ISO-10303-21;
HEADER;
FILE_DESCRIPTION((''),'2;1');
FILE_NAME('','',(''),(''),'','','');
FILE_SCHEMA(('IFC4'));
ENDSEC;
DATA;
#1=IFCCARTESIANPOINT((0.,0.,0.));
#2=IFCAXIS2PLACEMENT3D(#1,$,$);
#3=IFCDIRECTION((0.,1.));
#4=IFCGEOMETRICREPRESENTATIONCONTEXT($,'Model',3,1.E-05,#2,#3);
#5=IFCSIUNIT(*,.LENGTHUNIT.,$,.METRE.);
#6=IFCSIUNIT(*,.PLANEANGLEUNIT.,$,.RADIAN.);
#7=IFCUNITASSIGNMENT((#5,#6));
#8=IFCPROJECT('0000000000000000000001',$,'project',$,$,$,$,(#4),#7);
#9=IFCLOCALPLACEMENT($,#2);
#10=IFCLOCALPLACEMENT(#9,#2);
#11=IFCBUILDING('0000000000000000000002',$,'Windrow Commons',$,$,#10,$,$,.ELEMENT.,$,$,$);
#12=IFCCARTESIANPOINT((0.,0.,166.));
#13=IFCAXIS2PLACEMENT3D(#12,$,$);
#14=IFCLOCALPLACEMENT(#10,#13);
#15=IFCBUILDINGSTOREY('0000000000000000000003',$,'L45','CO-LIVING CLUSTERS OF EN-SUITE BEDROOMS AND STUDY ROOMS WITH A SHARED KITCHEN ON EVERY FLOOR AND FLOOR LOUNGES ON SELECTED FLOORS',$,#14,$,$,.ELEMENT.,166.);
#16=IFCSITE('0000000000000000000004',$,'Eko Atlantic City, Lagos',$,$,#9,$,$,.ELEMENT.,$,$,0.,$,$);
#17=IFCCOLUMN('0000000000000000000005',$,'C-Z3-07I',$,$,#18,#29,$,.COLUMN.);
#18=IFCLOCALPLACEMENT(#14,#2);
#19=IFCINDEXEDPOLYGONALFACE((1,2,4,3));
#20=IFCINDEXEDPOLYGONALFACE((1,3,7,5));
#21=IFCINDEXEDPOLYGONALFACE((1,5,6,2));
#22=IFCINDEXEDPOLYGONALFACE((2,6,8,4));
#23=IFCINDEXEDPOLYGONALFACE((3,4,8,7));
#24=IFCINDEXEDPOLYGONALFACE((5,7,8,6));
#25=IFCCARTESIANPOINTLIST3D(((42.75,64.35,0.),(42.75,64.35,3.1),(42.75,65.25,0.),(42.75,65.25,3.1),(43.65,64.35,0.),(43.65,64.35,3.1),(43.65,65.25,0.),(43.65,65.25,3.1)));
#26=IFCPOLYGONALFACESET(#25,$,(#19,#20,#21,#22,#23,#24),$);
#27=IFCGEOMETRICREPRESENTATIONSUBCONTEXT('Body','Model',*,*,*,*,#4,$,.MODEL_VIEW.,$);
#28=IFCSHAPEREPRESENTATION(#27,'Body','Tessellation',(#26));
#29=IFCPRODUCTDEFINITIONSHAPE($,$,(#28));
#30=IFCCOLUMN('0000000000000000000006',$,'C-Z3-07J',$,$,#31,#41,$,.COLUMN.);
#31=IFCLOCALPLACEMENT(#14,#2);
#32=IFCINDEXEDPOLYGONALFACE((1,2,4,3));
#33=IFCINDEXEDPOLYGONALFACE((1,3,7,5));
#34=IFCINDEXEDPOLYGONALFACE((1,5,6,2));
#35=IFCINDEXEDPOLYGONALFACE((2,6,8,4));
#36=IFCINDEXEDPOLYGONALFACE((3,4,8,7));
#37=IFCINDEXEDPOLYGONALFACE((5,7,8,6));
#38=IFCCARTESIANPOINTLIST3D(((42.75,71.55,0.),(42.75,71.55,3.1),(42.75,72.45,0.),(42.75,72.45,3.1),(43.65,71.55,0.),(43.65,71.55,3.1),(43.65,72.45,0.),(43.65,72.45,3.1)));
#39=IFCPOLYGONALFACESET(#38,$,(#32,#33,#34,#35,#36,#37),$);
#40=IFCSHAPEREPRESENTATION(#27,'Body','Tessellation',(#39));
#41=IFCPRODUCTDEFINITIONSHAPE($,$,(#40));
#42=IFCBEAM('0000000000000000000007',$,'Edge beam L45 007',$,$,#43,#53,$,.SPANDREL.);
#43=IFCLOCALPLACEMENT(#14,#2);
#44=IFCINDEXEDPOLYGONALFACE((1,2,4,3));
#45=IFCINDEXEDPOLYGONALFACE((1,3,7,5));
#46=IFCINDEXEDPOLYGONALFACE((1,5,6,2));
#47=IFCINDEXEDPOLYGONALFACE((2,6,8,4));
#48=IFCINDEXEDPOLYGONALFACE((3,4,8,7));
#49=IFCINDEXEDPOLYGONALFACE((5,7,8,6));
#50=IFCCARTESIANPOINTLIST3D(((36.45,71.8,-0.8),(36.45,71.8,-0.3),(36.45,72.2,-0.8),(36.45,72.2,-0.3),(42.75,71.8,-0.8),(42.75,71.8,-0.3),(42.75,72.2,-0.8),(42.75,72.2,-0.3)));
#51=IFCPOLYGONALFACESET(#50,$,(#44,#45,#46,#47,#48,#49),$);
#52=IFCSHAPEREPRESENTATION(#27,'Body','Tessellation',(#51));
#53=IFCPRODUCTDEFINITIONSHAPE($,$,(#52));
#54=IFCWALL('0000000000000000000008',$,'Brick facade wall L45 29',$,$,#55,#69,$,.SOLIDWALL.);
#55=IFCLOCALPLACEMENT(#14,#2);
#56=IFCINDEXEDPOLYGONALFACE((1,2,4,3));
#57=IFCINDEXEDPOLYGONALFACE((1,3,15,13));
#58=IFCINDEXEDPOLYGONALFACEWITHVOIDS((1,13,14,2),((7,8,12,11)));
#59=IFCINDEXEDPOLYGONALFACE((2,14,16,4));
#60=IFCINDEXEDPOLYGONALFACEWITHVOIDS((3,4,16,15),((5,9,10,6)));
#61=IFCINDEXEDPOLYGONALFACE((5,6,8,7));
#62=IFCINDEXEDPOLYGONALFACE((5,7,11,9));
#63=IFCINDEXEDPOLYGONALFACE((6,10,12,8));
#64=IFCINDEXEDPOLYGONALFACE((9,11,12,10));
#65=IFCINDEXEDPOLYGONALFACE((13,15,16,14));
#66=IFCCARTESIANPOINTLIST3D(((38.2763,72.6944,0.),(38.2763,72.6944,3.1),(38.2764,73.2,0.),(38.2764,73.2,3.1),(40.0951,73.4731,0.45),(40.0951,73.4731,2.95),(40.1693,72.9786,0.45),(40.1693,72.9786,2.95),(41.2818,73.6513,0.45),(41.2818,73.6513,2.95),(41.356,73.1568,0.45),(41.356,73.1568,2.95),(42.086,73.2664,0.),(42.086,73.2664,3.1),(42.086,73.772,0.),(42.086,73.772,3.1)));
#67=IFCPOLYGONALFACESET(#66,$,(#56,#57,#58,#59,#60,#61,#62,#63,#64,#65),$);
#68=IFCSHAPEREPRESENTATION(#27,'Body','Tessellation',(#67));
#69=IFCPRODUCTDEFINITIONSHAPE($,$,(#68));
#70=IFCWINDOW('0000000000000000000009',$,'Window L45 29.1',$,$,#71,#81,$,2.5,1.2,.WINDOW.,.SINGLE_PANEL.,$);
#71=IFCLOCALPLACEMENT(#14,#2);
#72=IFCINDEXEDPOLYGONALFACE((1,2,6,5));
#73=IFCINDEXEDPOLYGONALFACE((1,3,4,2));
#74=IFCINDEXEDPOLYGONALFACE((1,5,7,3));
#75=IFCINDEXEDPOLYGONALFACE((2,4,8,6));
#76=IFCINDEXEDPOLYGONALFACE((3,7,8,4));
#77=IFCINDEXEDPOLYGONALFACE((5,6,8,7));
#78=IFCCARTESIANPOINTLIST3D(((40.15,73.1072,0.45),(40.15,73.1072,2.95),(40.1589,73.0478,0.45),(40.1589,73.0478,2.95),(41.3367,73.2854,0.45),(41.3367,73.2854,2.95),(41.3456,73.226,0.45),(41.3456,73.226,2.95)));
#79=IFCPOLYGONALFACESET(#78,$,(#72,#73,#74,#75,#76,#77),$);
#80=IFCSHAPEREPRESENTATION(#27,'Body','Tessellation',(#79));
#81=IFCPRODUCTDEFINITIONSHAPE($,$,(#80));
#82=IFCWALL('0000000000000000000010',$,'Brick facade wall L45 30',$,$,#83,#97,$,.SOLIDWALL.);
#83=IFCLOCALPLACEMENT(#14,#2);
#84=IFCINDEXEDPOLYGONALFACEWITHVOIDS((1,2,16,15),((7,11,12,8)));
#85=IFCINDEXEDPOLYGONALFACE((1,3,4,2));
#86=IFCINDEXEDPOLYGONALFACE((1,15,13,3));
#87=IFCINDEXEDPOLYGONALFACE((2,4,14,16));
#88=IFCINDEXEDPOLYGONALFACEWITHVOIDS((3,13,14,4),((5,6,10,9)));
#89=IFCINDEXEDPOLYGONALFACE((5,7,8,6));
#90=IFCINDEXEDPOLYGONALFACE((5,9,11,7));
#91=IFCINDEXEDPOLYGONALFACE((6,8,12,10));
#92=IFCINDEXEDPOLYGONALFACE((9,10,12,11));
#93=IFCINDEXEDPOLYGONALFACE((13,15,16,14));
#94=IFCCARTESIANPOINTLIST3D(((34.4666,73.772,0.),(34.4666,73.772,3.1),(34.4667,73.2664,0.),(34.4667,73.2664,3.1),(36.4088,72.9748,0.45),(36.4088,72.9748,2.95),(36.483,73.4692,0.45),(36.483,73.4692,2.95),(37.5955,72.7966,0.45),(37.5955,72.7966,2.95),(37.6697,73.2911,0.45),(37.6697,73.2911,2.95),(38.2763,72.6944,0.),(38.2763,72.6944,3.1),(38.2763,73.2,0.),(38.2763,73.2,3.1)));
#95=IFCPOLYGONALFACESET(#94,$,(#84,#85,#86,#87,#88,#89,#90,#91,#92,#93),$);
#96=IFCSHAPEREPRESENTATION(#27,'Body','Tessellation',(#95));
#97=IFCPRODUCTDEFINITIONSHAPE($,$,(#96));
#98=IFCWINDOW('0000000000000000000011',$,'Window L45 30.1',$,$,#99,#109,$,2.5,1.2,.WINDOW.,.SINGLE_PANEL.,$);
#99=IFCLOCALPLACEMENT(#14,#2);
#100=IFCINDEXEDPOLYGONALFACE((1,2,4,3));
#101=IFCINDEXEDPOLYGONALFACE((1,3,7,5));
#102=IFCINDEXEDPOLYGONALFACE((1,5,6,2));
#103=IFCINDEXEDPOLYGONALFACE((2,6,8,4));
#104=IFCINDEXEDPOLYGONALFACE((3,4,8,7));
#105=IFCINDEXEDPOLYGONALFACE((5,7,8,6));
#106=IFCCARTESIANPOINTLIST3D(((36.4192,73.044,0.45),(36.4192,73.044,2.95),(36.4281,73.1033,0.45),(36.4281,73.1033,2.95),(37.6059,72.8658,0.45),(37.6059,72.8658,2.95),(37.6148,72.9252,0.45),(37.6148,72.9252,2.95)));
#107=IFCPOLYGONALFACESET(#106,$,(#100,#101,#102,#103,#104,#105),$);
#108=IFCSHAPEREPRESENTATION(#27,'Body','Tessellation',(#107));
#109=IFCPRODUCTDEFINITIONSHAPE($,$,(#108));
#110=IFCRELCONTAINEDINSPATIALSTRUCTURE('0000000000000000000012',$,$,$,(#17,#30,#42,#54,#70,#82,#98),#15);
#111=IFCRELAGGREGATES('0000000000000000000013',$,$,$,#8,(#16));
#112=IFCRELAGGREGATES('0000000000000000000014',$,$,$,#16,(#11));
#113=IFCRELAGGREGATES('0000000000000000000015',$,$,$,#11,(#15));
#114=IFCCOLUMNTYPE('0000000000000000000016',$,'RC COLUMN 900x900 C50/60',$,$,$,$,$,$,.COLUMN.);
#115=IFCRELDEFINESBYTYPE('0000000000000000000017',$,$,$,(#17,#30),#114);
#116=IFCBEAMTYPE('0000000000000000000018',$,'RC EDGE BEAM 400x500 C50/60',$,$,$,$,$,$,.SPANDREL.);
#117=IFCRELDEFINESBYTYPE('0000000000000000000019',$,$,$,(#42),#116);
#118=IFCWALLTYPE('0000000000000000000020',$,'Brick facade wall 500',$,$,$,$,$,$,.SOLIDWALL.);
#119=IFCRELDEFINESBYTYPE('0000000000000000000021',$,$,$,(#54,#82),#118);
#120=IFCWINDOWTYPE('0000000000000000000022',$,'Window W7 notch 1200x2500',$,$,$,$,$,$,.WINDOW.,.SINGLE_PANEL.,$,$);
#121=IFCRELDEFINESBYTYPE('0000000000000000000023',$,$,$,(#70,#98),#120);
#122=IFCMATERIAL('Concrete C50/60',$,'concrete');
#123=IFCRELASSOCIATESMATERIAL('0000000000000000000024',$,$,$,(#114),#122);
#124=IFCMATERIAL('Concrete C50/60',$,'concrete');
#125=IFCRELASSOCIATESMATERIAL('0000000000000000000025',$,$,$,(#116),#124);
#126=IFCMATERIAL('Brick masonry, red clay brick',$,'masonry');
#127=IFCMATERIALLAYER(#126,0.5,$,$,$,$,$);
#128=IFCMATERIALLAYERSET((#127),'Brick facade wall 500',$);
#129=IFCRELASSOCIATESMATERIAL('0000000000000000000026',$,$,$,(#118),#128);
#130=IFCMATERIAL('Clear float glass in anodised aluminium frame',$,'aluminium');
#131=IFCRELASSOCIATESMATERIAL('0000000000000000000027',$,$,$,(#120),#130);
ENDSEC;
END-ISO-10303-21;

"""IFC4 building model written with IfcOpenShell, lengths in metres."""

from ifc_helpers import new_model, si_unit, direction, frame, frame_2d, origin, origin_2d, place, context, subcontext, project, spatial, polyline, rectangle, outline, extrude, material, layer, layer_set, material_profile, profile_set, type_object, element, fill, save


model = new_model("IFC4")

# Units and contexts
model_context = context("Model", 3, precision=1e-05, world=origin(), true_north=direction((0.0, 1.0)))
body_context = subcontext(model_context, "Body", "Model", "MODEL_VIEW")
ifc_project = project(units=[si_unit("LENGTHUNIT", "METRE"), si_unit("PLANEANGLEUNIT", "RADIAN")], contexts=[model_context])

# Site, building, storey
site_placement = place(None, origin())
site = spatial("IfcSite", under=ifc_project, at=site_placement, Name="Eko Atlantic City, Lagos", CompositionType="ELEMENT", RefElevation=0.0)
building_placement = place(site_placement, origin())
building = spatial("IfcBuilding", under=site, at=building_placement, Name="Windrow Commons", CompositionType="ELEMENT")
storey_placement = place(building_placement, frame((0.0, 0.0, 166.0)))
storey = spatial("IfcBuildingStorey", under=building, at=storey_placement, Name="L45", Description="CO-LIVING CLUSTERS OF EN-SUITE BEDROOMS AND STUDY ROOMS WITH A SHARED KITCHEN ON EVERY FLOOR AND FLOOR LOUNGES ON SELECTED FLOORS", CompositionType="ELEMENT", Elevation=166.0)

# Columns
ifc_material_1 = material(Name="Concrete C50/60", Category="concrete")
ifc_material_profile_1 = material_profile(ifc_material_1, rectangle(XDim=0.9, YDim=0.9, at=origin_2d()))
ifc_profile_set_1 = profile_set([ifc_material_profile_1], Name="Concrete C50/60")
column_type = type_object("IfcColumnType", Name="RC COLUMN 900x900 C50/60", PredefinedType="COLUMN", material=ifc_profile_set_1)
for number, where, z_axis, x_axis, name in (
    (1, (43.2, 64.8, 0.0), (0.0, 0.0, 1.0), (1.0, 0.0, 0.0), "C-Z3-07I"),
    (2, (43.2, 72.0, 0.0), (0.0, 0.0, 1.0), (1.0, 0.0, 0.0), "C-Z3-07J"),
):
    element("IfcColumn", number, at=place(storey_placement, frame(where, z_axis=z_axis, x_axis=x_axis)), inside=storey, type_object=column_type, Name=name, PredefinedType="COLUMN", context=body_context, shape_type="SweptSolid", body=[
        extrude(rectangle(XDim=0.9, YDim=0.9, at=origin_2d()), origin(), (0.0, 0.0, 1.0), 3.1),
    ])

# Beam
ifc_material_2 = material(Name="Concrete C50/60", Category="concrete")
ifc_material_profile_2 = material_profile(ifc_material_2, rectangle(XDim=0.4, YDim=0.5, at=origin_2d()))
ifc_profile_set_2 = profile_set([ifc_material_profile_2], Name="Concrete C50/60")
beam_type = type_object("IfcBeamType", Name="RC EDGE BEAM 400x500 C50/60", PredefinedType="SPANDREL", material=ifc_profile_set_2)
beam_placement = place(storey_placement, frame((36.45, 72.0, -0.55), z_axis=(1.0, 0.0, 0.0), x_axis=(0.0, 1.0, 0.0)))
element("IfcBeam", 3, at=beam_placement, inside=storey, type_object=beam_type, Name="Edge beam L45 007", PredefinedType="SPANDREL", context=body_context, shape_type="SweptSolid", body=[
    extrude(rectangle(XDim=0.4, YDim=0.5, at=origin_2d()), origin(), (0.0, 0.0, 1.0), 6.3),
])

# Walls, openings, windows
ifc_material_3 = material(Name="Brick masonry, red clay brick", Category="masonry")
ifc_layer_1 = layer(ifc_material_3, 0.5)
ifc_layer_set_1 = layer_set([ifc_layer_1], Name="Brick facade wall 500")
wall_type_1 = type_object("IfcWallType", Name="Brick facade wall 500", PredefinedType="SOLIDWALL", material=ifc_layer_set_1)
wall_1_placement = place(storey_placement, frame((42.086, 73.5192, 0.0), z_axis=(0.0, 0.0, 1.0), x_axis=(-0.988916, -0.148479, 0.0)))
wall_1 = element("IfcWall", 4, at=wall_1_placement, inside=storey, type_object=wall_type_1, Name="Brick facade wall L45 29", PredefinedType="SOLIDWALL", context=body_context, shape_type="SweptSolid", body=[
    extrude(outline(polyline([(-0.0375, -0.25), (3.8148, -0.25), (3.8899, 0.25), (0.0375, 0.25), (-0.0375, -0.25)])), origin(), (0.0, 0.0, 1.0), 3.1),
])
opening_1_placement = place(wall_1_placement, frame((0.7757, 0.0, 0.45)))
opening_1 = element("IfcOpeningElement", 5, at=opening_1_placement, cuts=wall_1, PredefinedType="OPENING", context=body_context, shape_type="SweptSolid", body=[
    extrude(rectangle(XDim=1.2, YDim=2.5, at=frame_2d((0.6, 1.25))), frame((0.0, 0.26, 0.0), z_axis=(0.0, -1.0, 0.0), x_axis=(1.0, 0.0, 0.0)), (0.0, 0.0, 1.0), 0.52),
])
ifc_material_4 = material(Name="Clear float glass in anodised aluminium frame", Category="aluminium")
window_type = type_object("IfcWindowType", Name="Window W7 notch 1200x2500", PartitioningType="SINGLE_PANEL", PredefinedType="WINDOW", material=ifc_material_4)
window_1_placement = place(opening_1_placement, origin())
window_1 = element("IfcWindow", 6, at=window_1_placement, inside=storey, type_object=window_type, Name="Window L45 29.1", OverallHeight=2.5, OverallWidth=1.2, PartitioningType="SINGLE_PANEL", PredefinedType="WINDOW", context=body_context, shape_type="SweptSolid", body=[
    extrude(rectangle(XDim=1.2, YDim=2.5, at=frame_2d((0.6, 1.25))), frame((0.0, 0.18, 0.0), z_axis=(0.0, -1.0, 0.0), x_axis=(1.0, 0.0, 0.0)), (0.0, 0.0, 1.0), 0.06),
])
fill(opening_1, window_1)
wall_2_placement = place(storey_placement, frame((38.2763, 72.9472, 0.0), z_axis=(0.0, 0.0, 1.0), x_axis=(-0.988916, 0.148479, 0.0)))
wall_2 = element("IfcWall", 7, at=wall_2_placement, inside=storey, type_object=wall_type_1, Name="Brick facade wall L45 30", PredefinedType="SOLIDWALL", context=body_context, shape_type="SweptSolid", body=[
    extrude(outline(polyline([(0.0375, -0.25), (3.8899, -0.25), (3.8148, 0.25), (-0.0375, 0.25), (0.0375, -0.25)])), origin(), (0.0, 0.0, 1.0), 3.1),
])
opening_2_placement = place(wall_2_placement, frame((0.6509, 0.0, 0.45)))
opening_2 = element("IfcOpeningElement", 8, at=opening_2_placement, cuts=wall_2, PredefinedType="OPENING", context=body_context, shape_type="SweptSolid", body=[
    extrude(rectangle(XDim=1.2, YDim=2.5, at=frame_2d((0.6, 1.25))), frame((0.0, 0.26, 0.0), z_axis=(0.0, -1.0, 0.0), x_axis=(1.0, 0.0, 0.0)), (0.0, 0.0, 1.0), 0.52),
])
window_2_placement = place(opening_2_placement, origin())
window_2 = element("IfcWindow", 9, at=window_2_placement, inside=storey, type_object=window_type, Name="Window L45 30.1", OverallHeight=2.5, OverallWidth=1.2, PartitioningType="SINGLE_PANEL", PredefinedType="WINDOW", context=body_context, shape_type="SweptSolid", body=[
    extrude(rectangle(XDim=1.2, YDim=2.5, at=frame_2d((0.6, 1.25))), frame((0.0, 0.18, 0.0), z_axis=(0.0, -1.0, 0.0), x_axis=(1.0, 0.0, 0.0)), (0.0, 0.0, 1.0), 0.06),
])
fill(opening_2, window_2)

save(model, "model.ifc")
